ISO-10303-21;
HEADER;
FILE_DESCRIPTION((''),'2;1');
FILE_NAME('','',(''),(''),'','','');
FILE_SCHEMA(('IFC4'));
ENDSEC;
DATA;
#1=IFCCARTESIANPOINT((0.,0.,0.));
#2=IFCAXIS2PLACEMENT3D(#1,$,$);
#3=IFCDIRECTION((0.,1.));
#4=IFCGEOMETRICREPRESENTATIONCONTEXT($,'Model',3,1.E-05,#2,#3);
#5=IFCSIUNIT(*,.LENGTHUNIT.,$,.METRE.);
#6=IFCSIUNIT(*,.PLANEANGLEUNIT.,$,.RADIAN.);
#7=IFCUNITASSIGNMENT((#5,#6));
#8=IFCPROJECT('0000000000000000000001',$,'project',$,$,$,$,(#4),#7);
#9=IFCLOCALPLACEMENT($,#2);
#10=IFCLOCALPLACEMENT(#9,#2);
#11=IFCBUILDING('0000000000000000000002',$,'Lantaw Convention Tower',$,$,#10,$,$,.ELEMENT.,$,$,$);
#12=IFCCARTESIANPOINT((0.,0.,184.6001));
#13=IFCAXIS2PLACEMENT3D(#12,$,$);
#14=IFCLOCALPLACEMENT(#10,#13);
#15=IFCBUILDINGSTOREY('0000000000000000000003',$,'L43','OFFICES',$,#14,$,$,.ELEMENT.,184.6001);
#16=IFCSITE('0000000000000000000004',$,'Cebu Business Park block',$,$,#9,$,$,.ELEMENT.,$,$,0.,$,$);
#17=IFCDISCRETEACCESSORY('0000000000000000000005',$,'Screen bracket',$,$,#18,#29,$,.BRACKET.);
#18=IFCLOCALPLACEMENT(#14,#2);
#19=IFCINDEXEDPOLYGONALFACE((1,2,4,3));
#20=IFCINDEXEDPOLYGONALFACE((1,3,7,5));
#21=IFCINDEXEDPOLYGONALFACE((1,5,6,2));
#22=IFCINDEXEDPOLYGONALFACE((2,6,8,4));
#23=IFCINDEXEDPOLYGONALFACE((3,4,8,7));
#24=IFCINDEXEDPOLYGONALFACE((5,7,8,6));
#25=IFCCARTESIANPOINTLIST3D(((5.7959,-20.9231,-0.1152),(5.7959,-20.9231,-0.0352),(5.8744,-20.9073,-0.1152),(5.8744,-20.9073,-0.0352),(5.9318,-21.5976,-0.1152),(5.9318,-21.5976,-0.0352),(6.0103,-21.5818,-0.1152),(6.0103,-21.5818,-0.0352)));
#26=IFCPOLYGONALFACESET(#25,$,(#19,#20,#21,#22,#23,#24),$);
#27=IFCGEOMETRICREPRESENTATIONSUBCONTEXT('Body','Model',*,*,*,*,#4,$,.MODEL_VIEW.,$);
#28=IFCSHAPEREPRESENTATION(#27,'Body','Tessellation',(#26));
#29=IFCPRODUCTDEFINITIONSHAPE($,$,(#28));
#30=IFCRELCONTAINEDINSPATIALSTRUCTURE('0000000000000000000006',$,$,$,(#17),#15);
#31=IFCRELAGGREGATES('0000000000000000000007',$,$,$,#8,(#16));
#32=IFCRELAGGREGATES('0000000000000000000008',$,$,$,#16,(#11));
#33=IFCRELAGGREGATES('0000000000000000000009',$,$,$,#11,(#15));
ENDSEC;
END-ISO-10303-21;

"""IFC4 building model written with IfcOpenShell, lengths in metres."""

from ifc_helpers import new_model, si_unit, direction, frame, origin, origin_2d, place, context, subcontext, project, spatial, rectangle, extrude, element, save


model = new_model("IFC4")

# Units and contexts
model_context = context("Model", 3, precision=1e-05, world=origin(), true_north=direction((0.0, 1.0)))
body_context = subcontext(model_context, "Body", "Model", "MODEL_VIEW")
ifc_project = project(units=[si_unit("LENGTHUNIT", "METRE"), si_unit("PLANEANGLEUNIT", "RADIAN")], contexts=[model_context])

# Site, building, storey
site_placement = place(None, origin())
site = spatial("IfcSite", under=ifc_project, at=site_placement, Name="Cebu Business Park block", CompositionType="ELEMENT", RefElevation=0.0)
building_placement = place(site_placement, origin())
building = spatial("IfcBuilding", under=site, at=building_placement, Name="Lantaw Convention Tower", CompositionType="ELEMENT")
storey_placement = place(building_placement, frame((0.0, 0.0, 184.6001)))
storey = spatial("IfcBuildingStorey", under=building, at=storey_placement, Name="L43", Description="OFFICES", CompositionType="ELEMENT", Elevation=184.6001)

# Discrete accessory
for number, where, z_axis, x_axis, name in (
    (1, (5.9031, -21.2524, -0.1152), (0.0, 0.0, 1.0), (0.980302, 0.197507, 0.0), "Screen bracket"),
):
    element("IfcDiscreteAccessory", number, at=place(storey_placement, frame(where, z_axis=z_axis, x_axis=x_axis)), inside=storey, Name=name, PredefinedType="BRACKET", context=body_context, shape_type="SweptSolid", body=[
        extrude(rectangle(XDim=0.0801, YDim=0.688, at=origin_2d()), origin(), (0.0, 0.0, 1.0), 0.0801),
    ])

save(model, "model.ifc")
